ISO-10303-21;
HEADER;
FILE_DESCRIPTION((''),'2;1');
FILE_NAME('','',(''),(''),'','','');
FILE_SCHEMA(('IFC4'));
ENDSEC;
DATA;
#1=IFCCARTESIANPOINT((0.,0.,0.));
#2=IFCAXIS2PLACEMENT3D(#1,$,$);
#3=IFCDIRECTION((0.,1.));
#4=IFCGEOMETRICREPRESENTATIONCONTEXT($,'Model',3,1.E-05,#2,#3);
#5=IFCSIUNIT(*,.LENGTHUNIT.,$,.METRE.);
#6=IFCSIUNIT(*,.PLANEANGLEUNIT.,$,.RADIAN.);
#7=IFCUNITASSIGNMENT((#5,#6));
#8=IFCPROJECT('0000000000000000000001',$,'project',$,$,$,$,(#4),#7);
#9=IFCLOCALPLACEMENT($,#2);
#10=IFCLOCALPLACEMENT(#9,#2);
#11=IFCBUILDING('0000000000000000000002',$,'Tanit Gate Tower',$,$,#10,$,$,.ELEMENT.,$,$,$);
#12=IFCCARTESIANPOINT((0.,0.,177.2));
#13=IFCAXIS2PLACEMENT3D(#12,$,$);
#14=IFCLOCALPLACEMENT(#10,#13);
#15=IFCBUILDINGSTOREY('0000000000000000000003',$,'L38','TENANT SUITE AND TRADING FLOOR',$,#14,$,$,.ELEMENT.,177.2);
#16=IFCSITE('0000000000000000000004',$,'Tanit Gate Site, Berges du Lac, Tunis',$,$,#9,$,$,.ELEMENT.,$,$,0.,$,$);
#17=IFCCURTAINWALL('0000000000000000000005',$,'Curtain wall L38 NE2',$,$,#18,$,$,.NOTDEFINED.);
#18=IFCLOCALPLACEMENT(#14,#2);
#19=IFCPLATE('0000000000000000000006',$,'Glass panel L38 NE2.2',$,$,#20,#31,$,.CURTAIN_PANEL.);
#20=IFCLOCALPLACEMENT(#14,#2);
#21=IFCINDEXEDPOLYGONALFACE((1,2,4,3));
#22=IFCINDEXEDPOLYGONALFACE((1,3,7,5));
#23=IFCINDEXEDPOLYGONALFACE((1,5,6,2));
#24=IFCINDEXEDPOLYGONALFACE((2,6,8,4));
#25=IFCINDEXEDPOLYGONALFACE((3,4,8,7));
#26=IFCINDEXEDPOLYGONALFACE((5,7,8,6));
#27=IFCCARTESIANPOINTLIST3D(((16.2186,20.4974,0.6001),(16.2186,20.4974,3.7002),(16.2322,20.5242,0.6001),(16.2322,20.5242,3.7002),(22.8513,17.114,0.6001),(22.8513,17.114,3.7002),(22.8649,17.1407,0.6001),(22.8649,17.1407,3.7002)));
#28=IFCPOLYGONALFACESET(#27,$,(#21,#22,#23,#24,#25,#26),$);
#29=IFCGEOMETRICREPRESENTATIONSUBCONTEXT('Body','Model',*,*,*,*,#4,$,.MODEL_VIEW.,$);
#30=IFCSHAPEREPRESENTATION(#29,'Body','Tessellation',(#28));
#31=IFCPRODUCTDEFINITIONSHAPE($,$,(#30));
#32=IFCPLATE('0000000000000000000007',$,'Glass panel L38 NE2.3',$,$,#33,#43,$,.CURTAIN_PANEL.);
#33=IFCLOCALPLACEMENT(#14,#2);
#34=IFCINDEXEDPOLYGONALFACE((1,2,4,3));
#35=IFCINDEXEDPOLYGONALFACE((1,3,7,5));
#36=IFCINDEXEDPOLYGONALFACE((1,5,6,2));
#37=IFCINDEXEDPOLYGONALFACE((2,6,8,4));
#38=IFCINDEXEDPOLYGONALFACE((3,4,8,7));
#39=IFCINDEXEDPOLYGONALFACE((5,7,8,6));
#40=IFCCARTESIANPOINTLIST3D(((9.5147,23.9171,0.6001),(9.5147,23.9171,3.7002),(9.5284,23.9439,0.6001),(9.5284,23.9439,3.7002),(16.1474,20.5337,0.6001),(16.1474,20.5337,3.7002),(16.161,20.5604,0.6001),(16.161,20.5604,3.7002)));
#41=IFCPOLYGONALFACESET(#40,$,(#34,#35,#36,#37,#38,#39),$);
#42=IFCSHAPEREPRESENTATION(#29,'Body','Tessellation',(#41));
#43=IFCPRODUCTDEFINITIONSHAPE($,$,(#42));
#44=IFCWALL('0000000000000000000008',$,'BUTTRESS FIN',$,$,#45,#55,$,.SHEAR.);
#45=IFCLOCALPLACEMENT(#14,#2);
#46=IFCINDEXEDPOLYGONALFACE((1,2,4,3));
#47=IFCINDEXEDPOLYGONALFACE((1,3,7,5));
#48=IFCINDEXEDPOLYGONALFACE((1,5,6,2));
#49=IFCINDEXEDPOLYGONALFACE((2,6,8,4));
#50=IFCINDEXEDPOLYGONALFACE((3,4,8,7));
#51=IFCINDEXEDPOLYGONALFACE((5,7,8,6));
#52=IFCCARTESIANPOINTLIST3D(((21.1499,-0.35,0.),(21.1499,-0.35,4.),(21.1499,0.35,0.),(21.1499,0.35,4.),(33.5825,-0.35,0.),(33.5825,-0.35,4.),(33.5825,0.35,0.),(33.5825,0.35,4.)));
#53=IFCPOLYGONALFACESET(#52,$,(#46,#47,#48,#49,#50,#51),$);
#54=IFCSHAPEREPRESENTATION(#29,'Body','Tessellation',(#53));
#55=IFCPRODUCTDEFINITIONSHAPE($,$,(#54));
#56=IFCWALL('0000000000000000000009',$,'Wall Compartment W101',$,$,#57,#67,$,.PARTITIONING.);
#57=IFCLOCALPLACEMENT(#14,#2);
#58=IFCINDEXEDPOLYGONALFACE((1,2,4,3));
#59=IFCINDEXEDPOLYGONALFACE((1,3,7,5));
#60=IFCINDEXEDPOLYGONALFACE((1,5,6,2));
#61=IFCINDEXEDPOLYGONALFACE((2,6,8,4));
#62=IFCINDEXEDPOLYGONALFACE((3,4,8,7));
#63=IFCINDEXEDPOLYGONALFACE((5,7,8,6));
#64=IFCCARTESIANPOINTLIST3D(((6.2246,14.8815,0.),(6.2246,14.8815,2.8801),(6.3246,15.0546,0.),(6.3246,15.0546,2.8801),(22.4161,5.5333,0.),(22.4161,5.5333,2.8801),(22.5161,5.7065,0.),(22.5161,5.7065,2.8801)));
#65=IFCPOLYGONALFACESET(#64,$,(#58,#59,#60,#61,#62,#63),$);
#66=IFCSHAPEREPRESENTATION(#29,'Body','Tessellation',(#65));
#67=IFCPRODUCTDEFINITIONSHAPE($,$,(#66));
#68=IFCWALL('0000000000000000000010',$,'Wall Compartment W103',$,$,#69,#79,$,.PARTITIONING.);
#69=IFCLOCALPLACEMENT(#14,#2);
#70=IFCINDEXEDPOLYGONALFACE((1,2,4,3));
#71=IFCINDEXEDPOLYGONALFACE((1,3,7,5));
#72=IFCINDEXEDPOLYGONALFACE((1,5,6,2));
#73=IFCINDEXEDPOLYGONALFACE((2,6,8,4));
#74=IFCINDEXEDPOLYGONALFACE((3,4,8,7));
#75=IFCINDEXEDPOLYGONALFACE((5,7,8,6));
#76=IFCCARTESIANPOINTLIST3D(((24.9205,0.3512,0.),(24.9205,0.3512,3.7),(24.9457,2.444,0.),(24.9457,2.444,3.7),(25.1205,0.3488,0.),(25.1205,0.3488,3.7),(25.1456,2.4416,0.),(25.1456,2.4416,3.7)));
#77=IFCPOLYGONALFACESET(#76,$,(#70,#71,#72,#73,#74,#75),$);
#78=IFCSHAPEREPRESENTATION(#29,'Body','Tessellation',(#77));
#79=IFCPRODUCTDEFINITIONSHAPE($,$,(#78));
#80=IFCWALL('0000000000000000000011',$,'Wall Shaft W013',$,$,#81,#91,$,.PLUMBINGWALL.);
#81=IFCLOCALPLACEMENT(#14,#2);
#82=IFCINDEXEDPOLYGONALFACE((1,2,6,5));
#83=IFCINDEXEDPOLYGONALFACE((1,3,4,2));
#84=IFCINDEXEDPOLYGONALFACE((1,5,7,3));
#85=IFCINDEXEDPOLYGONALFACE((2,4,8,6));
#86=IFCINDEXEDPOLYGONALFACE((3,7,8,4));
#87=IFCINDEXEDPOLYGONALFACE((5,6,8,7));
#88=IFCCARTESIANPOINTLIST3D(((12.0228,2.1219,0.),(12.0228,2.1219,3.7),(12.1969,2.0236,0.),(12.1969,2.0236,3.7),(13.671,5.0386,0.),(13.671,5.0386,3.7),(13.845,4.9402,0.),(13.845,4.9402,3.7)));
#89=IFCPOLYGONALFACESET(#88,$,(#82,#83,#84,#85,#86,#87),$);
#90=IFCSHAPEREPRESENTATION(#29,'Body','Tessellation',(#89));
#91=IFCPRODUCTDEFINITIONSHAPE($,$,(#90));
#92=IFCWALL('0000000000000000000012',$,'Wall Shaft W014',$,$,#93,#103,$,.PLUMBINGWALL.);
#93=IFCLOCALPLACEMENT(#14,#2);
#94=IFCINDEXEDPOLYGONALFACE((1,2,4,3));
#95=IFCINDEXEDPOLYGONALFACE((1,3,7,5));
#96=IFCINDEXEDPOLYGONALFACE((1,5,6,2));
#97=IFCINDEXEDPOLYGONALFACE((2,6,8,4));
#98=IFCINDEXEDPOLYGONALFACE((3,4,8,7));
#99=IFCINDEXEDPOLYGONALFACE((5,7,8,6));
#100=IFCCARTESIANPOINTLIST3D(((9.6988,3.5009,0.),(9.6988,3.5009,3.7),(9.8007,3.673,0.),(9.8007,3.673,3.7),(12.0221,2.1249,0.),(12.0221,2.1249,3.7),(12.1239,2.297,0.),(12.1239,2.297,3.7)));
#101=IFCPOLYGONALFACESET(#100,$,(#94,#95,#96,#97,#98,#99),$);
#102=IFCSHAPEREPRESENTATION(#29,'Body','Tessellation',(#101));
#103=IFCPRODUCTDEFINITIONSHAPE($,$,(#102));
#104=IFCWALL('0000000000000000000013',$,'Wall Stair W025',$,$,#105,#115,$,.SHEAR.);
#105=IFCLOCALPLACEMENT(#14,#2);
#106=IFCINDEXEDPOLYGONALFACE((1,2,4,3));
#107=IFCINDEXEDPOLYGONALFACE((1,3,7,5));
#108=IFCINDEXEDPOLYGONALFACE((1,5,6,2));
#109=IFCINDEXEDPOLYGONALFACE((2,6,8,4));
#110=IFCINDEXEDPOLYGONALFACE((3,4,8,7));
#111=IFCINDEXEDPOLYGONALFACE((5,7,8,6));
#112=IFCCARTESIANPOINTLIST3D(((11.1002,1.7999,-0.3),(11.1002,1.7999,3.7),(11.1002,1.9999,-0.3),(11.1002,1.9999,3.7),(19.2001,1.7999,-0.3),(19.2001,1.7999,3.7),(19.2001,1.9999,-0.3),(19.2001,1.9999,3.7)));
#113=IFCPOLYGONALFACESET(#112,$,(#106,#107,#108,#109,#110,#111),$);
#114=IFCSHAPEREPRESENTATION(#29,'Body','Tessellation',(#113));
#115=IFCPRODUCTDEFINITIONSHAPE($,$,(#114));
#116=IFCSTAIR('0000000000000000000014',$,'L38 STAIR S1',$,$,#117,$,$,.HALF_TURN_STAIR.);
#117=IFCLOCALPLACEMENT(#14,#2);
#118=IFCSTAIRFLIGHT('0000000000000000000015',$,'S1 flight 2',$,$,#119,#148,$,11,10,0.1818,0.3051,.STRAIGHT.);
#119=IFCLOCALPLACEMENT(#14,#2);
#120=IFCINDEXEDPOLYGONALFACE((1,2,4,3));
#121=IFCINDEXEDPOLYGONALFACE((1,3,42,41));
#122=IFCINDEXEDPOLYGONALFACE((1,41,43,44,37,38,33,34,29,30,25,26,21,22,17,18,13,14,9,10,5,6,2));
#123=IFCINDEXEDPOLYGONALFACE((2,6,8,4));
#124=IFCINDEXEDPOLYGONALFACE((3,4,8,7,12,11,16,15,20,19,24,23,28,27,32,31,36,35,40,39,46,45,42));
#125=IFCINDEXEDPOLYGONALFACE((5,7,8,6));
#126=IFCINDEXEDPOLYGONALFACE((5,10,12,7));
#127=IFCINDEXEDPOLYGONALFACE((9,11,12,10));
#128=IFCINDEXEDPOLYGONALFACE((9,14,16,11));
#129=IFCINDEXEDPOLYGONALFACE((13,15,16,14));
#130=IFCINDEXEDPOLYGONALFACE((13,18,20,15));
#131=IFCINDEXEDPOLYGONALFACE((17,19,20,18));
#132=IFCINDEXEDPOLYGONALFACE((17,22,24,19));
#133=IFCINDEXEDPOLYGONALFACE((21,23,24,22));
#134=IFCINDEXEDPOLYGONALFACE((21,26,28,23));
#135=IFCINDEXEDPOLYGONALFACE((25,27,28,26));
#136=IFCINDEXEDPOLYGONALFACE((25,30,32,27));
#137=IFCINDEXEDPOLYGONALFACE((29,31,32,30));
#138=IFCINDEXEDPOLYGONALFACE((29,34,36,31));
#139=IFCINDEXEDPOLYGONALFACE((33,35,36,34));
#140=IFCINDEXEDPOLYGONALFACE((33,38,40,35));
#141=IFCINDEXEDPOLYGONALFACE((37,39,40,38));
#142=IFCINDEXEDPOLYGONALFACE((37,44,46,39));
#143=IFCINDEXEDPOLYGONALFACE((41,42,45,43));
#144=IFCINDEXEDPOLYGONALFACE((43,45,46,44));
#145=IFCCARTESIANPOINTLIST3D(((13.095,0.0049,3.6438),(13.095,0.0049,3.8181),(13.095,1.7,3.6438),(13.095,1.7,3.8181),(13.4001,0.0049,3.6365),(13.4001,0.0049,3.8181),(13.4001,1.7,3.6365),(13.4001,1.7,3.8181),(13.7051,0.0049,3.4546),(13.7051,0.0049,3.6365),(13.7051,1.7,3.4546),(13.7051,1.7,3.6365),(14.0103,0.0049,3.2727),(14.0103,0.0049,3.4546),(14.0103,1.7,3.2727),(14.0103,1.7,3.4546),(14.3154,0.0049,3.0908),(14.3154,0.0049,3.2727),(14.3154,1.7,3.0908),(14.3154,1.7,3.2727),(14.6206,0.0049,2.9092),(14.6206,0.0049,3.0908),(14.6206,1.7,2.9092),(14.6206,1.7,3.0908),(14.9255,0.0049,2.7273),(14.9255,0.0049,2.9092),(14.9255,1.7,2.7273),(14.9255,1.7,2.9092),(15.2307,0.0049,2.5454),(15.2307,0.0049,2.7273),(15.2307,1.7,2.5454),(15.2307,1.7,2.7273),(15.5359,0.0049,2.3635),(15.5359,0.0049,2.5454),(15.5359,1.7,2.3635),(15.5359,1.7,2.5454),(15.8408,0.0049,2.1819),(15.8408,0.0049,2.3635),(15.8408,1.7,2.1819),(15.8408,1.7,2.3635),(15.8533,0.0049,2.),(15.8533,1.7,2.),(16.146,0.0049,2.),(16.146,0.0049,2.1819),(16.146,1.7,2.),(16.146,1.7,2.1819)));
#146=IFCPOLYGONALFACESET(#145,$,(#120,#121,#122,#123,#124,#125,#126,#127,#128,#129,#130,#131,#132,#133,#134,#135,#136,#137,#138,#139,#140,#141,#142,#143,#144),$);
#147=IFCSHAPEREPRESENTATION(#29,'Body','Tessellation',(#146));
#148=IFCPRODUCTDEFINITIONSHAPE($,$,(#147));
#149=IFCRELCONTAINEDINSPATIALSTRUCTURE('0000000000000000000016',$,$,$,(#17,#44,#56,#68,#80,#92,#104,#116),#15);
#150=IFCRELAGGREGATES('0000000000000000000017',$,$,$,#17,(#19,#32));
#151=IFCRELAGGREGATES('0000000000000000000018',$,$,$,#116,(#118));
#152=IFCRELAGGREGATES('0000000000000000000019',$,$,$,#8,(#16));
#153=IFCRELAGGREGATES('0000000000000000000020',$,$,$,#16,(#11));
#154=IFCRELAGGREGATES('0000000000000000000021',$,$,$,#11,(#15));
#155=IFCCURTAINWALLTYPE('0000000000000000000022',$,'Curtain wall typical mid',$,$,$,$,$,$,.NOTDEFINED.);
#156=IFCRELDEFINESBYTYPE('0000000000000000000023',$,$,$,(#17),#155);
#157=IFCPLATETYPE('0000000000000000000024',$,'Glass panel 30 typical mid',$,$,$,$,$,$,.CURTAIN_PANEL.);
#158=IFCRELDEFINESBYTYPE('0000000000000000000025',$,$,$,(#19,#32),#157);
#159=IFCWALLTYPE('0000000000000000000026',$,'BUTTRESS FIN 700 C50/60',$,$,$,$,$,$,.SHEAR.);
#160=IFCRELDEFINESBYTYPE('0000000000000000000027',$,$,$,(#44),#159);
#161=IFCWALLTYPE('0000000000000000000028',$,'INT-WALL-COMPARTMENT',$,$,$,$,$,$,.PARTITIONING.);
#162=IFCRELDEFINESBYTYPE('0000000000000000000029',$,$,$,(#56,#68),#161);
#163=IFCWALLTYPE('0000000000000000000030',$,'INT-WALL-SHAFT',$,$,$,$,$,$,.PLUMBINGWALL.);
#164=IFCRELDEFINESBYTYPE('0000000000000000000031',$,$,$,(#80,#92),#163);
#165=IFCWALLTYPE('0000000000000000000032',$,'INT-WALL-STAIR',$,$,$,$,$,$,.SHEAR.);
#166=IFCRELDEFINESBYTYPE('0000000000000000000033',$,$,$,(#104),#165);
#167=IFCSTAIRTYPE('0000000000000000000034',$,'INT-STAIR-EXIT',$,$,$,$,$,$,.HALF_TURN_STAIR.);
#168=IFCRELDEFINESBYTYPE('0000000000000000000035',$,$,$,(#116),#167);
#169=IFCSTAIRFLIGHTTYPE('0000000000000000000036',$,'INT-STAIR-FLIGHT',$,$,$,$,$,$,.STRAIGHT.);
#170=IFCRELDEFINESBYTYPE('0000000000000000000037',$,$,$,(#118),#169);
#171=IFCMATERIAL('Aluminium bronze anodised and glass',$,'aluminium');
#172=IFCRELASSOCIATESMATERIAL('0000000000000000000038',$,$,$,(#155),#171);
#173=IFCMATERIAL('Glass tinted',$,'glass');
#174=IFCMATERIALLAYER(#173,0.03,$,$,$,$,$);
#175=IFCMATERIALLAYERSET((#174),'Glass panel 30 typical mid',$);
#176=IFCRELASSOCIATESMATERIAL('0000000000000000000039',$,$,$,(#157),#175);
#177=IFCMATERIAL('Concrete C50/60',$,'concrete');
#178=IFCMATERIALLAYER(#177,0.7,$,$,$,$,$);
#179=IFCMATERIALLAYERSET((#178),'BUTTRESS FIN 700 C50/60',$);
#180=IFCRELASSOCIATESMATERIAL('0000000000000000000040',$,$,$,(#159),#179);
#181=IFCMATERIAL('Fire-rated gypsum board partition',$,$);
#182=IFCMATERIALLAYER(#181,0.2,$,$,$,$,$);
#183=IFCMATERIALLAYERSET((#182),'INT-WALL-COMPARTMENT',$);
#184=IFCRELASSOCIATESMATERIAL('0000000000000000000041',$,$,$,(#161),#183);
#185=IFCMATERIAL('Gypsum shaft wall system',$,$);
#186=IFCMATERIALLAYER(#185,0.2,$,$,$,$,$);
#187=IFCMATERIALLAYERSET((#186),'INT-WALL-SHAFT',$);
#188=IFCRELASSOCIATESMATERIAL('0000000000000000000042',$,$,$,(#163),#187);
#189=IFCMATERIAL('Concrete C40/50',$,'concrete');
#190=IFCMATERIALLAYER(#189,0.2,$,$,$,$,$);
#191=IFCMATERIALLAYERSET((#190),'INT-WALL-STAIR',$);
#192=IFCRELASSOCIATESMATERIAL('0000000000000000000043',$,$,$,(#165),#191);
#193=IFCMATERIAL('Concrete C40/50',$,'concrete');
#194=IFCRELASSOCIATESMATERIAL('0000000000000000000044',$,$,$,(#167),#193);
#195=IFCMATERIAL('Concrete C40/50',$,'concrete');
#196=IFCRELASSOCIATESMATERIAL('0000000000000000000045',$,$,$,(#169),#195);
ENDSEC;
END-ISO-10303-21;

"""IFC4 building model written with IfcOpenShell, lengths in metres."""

from ifc_helpers import new_model, si_unit, direction, frame, frame_2d, origin, origin_2d, place, context, subcontext, project, spatial, polyline, rectangle, outline, extrude, material, layer, layer_set, type_object, element, aggregate, save


model = new_model("IFC4")

# Units and contexts
model_context = context("Model", 3, precision=1e-05, world=origin(), true_north=direction((0.0, 1.0)))
body_context = subcontext(model_context, "Body", "Model", "MODEL_VIEW")
ifc_project = project(units=[si_unit("LENGTHUNIT", "METRE"), si_unit("PLANEANGLEUNIT", "RADIAN")], contexts=[model_context])

# Site, building, storey
site_placement = place(None, origin())
site = spatial("IfcSite", under=ifc_project, at=site_placement, Name="Tanit Gate Site, Berges du Lac, Tunis", CompositionType="ELEMENT", RefElevation=0.0)
building_placement = place(site_placement, origin())
building = spatial("IfcBuilding", under=site, at=building_placement, Name="Tanit Gate Tower", CompositionType="ELEMENT")
storey_placement = place(building_placement, frame((0.0, 0.0, 177.2)))
storey = spatial("IfcBuildingStorey", under=building, at=storey_placement, Name="L38", Description="TENANT SUITE AND TRADING FLOOR", CompositionType="ELEMENT", Elevation=177.2)

# Curtain wall
ifc_material_1 = material(Name="Aluminium bronze anodised and glass", Category="aluminium")
curtain_wall_type = type_object("IfcCurtainWallType", Name="Curtain wall typical mid", PredefinedType="NOTDEFINED", material=ifc_material_1)
curtain_wall_placement = place(storey_placement, origin())
curtain_wall = element("IfcCurtainWall", 1, at=curtain_wall_placement, inside=storey, type_object=curtain_wall_type, Name="Curtain wall L38 NE2", PredefinedType="NOTDEFINED")

# Plates
ifc_material_2 = material(Name="Glass tinted", Category="glass")
ifc_layer_1 = layer(ifc_material_2, 0.03)
ifc_layer_set_1 = layer_set([ifc_layer_1], Name="Glass panel 30 typical mid")
plate_type = type_object("IfcPlateType", Name="Glass panel 30 typical mid", PredefinedType="CURTAIN_PANEL", material=ifc_layer_set_1)
plate_1_placement = place(storey_placement, frame((19.5417, 18.8191, 0.6001), z_axis=(0.0, 0.0, 1.0), x_axis=(-0.890792, 0.454411, 0.0)))
plate_1 = element("IfcPlate", 2, at=plate_1_placement, type_object=plate_type, Name="Glass panel L38 NE2.2", PredefinedType="CURTAIN_PANEL", context=body_context, shape_type="SweptSolid", body=[
    extrude(rectangle(XDim=7.4458, YDim=0.03, at=origin_2d()), origin(), (0.0, 0.0, 1.0), 3.1001),
])
plate_2_placement = place(storey_placement, frame((12.8379, 22.2388, 0.6001), z_axis=(0.0, 0.0, 1.0), x_axis=(-0.890792, 0.454411, 0.0)))
plate_2 = element("IfcPlate", 3, at=plate_2_placement, type_object=plate_type, Name="Glass panel L38 NE2.3", PredefinedType="CURTAIN_PANEL", context=body_context, shape_type="SweptSolid", body=[
    extrude(rectangle(XDim=7.4458, YDim=0.03, at=origin_2d()), origin(), (0.0, 0.0, 1.0), 3.1001),
])
aggregate(curtain_wall, [plate_1, plate_2])

# Wall
ifc_material_3 = material(Name="Concrete C50/60", Category="concrete")
ifc_layer_2 = layer(ifc_material_3, 0.7)
ifc_layer_set_2 = layer_set([ifc_layer_2], Name="BUTTRESS FIN 700 C50/60")
wall_type_1 = type_object("IfcWallType", Name="BUTTRESS FIN 700 C50/60", PredefinedType="SHEAR", material=ifc_layer_set_2)
wall_1_placement = place(storey_placement, frame((21.1499, 0.0, 0.0), z_axis=(0.0, 0.0, 1.0), x_axis=(1.0, 0.0, 0.0)))
element("IfcWall", 4, at=wall_1_placement, inside=storey, type_object=wall_type_1, Name="BUTTRESS FIN", PredefinedType="SHEAR", context=body_context, shape_type="SweptSolid", body=[
    extrude(rectangle(XDim=12.4326, YDim=0.7, at=frame_2d((6.2163, 0.0))), origin(), (0.0, 0.0, 1.0), 4.0),
])

# Walls
ifc_material_4 = material(Name="Fire-rated gypsum board partition")
ifc_layer_3 = layer(ifc_material_4, 0.2)
ifc_layer_set_3 = layer_set([ifc_layer_3], Name="INT-WALL-COMPARTMENT")
wall_type_2 = type_object("IfcWallType", Name="INT-WALL-COMPARTMENT", PredefinedType="PARTITIONING", material=ifc_layer_set_3)
wall_2_placement = place(storey_placement, frame((22.4661, 5.6199, 0.0), z_axis=(0.0, 0.0, 1.0), x_axis=(-0.866025, 0.500001, 0.0)))
element("IfcWall", 5, at=wall_2_placement, inside=storey, type_object=wall_type_2, Name="Wall Compartment W101", PredefinedType="PARTITIONING", context=body_context, shape_type="SweptSolid", body=[
    extrude(rectangle(XDim=18.6963, YDim=0.2, at=frame_2d((9.3481, 0.0))), origin(), (0.0, 0.0, 1.0), 2.8801),
])
wall_3_placement = place(storey_placement, frame((25.0205, 0.3501, 0.0), z_axis=(0.0, 0.0, 1.0), x_axis=(0.012015, 0.999928, 0.0)))
element("IfcWall", 6, at=wall_3_placement, inside=storey, type_object=wall_type_2, Name="Wall Compartment W103", PredefinedType="PARTITIONING", context=body_context, shape_type="SweptSolid", body=[
    extrude(rectangle(XDim=2.093, YDim=0.2, at=frame_2d((1.0464, 0.0))), origin(), (0.0, 0.0, 1.0), 3.7),
])
ifc_material_5 = material(Name="Gypsum shaft wall system")
ifc_layer_4 = layer(ifc_material_5, 0.2)
ifc_layer_set_4 = layer_set([ifc_layer_4], Name="INT-WALL-SHAFT")
wall_type_3 = type_object("IfcWallType", Name="INT-WALL-SHAFT", PredefinedType="PLUMBINGWALL", material=ifc_layer_set_4)
wall_4_placement = place(storey_placement, frame((12.1099, 2.0728, 0.0), z_axis=(0.0, 0.0, 1.0), x_axis=(0.491966, 0.870614, 0.0)))
element("IfcWall", 7, at=wall_4_placement, inside=storey, type_object=wall_type_3, Name="Wall Shaft W013", PredefinedType="PLUMBINGWALL", context=body_context, shape_type="SweptSolid", body=[
    extrude(rectangle(XDim=3.3501, YDim=0.2, at=frame_2d((1.675, 0.0))), origin(), (0.0, 0.0, 1.0), 3.7),
])
wall_5_placement = place(storey_placement, frame((12.073, 2.2109, 0.0), z_axis=(0.0, 0.0, 1.0), x_axis=(-0.860415, 0.509594, 0.0)))
element("IfcWall", 8, at=wall_5_placement, inside=storey, type_object=wall_type_3, Name="Wall Shaft W014", PredefinedType="PLUMBINGWALL", context=body_context, shape_type="SweptSolid", body=[
    extrude(rectangle(XDim=2.7002, YDim=0.2, at=frame_2d((1.3501, 0.0))), origin(), (0.0, 0.0, 1.0), 3.7),
])
ifc_material_6 = material(Name="Concrete C40/50", Category="concrete")
ifc_layer_5 = layer(ifc_material_6, 0.2)
ifc_layer_set_5 = layer_set([ifc_layer_5], Name="INT-WALL-STAIR")
wall_type_4 = type_object("IfcWallType", Name="INT-WALL-STAIR", PredefinedType="SHEAR", material=ifc_layer_set_5)
wall_6_placement = place(storey_placement, frame((19.2, 1.8999, -0.3), z_axis=(0.0, 0.0, 1.0), x_axis=(-1.0, 0.0, 0.0)))
element("IfcWall", 9, at=wall_6_placement, inside=storey, type_object=wall_type_4, Name="Wall Stair W025", PredefinedType="SHEAR", context=body_context, shape_type="SweptSolid", body=[
    extrude(rectangle(XDim=8.0999, YDim=0.2, at=frame_2d((4.0498, 0.0))), origin(), (0.0, 0.0, 1.0), 4.0),
])

# Stair, stair flight
ifc_material_7 = material(Name="Concrete C40/50", Category="concrete")
stair_type = type_object("IfcStairType", Name="INT-STAIR-EXIT", PredefinedType="HALF_TURN_STAIR", material=ifc_material_7)
stair_placement = place(storey_placement, origin())
stair = element("IfcStair", 10, at=stair_placement, inside=storey, type_object=stair_type, Name="L38 STAIR S1", PredefinedType="HALF_TURN_STAIR")
ifc_material_8 = material(Name="Concrete C40/50", Category="concrete")
stair_flight_type = type_object("IfcStairFlightType", Name="INT-STAIR-FLIGHT", PredefinedType="STRAIGHT", material=ifc_material_8)
stair_flight_placement = place(storey_placement, frame((16.146, 0.8525, 2.0), z_axis=(0.0, 0.0, 1.0), x_axis=(-1.0, 0.0, 0.0)))
stair_flight = element("IfcStairFlight", 11, at=stair_flight_placement, type_object=stair_flight_type, Name="S1 flight 2", NumberOfRisers=11, NumberOfTreads=10, PredefinedType="STRAIGHT", RiserHeight=0.1818, TreadLength=0.3051, context=body_context, shape_type="SweptSolid", body=[
    extrude(outline(polyline([(0.0, 0.0), (0.0, 0.1819), (0.3052, 0.1819), (0.3052, 0.3635), (0.6101, 0.3635), (0.6101, 0.5454), (0.9153, 0.5454), (0.9153, 0.7273), (1.2205, 0.7273), (1.2205, 0.9092), (1.5254, 0.9092), (1.5254, 1.0908), (1.8306, 1.0908), (1.8306, 1.2727), (2.1357, 1.2727), (2.1357, 1.4546), (2.4409, 1.4546), (2.4409, 1.6365), (2.7458, 1.6365), (2.7458, 1.8181), (3.051, 1.8181), (3.051, 2.0), (3.051, 1.6438), (0.2927, 0.0), (0.0, 0.0)])), frame((0.0, 0.8477, 0.0), z_axis=(0.0, -1.0, 0.0), x_axis=(1.0, 0.0, 0.0)), (0.0, 0.0, 1.0), 1.6951),
])
aggregate(stair, [stair_flight])

save(model, "model.ifc")
